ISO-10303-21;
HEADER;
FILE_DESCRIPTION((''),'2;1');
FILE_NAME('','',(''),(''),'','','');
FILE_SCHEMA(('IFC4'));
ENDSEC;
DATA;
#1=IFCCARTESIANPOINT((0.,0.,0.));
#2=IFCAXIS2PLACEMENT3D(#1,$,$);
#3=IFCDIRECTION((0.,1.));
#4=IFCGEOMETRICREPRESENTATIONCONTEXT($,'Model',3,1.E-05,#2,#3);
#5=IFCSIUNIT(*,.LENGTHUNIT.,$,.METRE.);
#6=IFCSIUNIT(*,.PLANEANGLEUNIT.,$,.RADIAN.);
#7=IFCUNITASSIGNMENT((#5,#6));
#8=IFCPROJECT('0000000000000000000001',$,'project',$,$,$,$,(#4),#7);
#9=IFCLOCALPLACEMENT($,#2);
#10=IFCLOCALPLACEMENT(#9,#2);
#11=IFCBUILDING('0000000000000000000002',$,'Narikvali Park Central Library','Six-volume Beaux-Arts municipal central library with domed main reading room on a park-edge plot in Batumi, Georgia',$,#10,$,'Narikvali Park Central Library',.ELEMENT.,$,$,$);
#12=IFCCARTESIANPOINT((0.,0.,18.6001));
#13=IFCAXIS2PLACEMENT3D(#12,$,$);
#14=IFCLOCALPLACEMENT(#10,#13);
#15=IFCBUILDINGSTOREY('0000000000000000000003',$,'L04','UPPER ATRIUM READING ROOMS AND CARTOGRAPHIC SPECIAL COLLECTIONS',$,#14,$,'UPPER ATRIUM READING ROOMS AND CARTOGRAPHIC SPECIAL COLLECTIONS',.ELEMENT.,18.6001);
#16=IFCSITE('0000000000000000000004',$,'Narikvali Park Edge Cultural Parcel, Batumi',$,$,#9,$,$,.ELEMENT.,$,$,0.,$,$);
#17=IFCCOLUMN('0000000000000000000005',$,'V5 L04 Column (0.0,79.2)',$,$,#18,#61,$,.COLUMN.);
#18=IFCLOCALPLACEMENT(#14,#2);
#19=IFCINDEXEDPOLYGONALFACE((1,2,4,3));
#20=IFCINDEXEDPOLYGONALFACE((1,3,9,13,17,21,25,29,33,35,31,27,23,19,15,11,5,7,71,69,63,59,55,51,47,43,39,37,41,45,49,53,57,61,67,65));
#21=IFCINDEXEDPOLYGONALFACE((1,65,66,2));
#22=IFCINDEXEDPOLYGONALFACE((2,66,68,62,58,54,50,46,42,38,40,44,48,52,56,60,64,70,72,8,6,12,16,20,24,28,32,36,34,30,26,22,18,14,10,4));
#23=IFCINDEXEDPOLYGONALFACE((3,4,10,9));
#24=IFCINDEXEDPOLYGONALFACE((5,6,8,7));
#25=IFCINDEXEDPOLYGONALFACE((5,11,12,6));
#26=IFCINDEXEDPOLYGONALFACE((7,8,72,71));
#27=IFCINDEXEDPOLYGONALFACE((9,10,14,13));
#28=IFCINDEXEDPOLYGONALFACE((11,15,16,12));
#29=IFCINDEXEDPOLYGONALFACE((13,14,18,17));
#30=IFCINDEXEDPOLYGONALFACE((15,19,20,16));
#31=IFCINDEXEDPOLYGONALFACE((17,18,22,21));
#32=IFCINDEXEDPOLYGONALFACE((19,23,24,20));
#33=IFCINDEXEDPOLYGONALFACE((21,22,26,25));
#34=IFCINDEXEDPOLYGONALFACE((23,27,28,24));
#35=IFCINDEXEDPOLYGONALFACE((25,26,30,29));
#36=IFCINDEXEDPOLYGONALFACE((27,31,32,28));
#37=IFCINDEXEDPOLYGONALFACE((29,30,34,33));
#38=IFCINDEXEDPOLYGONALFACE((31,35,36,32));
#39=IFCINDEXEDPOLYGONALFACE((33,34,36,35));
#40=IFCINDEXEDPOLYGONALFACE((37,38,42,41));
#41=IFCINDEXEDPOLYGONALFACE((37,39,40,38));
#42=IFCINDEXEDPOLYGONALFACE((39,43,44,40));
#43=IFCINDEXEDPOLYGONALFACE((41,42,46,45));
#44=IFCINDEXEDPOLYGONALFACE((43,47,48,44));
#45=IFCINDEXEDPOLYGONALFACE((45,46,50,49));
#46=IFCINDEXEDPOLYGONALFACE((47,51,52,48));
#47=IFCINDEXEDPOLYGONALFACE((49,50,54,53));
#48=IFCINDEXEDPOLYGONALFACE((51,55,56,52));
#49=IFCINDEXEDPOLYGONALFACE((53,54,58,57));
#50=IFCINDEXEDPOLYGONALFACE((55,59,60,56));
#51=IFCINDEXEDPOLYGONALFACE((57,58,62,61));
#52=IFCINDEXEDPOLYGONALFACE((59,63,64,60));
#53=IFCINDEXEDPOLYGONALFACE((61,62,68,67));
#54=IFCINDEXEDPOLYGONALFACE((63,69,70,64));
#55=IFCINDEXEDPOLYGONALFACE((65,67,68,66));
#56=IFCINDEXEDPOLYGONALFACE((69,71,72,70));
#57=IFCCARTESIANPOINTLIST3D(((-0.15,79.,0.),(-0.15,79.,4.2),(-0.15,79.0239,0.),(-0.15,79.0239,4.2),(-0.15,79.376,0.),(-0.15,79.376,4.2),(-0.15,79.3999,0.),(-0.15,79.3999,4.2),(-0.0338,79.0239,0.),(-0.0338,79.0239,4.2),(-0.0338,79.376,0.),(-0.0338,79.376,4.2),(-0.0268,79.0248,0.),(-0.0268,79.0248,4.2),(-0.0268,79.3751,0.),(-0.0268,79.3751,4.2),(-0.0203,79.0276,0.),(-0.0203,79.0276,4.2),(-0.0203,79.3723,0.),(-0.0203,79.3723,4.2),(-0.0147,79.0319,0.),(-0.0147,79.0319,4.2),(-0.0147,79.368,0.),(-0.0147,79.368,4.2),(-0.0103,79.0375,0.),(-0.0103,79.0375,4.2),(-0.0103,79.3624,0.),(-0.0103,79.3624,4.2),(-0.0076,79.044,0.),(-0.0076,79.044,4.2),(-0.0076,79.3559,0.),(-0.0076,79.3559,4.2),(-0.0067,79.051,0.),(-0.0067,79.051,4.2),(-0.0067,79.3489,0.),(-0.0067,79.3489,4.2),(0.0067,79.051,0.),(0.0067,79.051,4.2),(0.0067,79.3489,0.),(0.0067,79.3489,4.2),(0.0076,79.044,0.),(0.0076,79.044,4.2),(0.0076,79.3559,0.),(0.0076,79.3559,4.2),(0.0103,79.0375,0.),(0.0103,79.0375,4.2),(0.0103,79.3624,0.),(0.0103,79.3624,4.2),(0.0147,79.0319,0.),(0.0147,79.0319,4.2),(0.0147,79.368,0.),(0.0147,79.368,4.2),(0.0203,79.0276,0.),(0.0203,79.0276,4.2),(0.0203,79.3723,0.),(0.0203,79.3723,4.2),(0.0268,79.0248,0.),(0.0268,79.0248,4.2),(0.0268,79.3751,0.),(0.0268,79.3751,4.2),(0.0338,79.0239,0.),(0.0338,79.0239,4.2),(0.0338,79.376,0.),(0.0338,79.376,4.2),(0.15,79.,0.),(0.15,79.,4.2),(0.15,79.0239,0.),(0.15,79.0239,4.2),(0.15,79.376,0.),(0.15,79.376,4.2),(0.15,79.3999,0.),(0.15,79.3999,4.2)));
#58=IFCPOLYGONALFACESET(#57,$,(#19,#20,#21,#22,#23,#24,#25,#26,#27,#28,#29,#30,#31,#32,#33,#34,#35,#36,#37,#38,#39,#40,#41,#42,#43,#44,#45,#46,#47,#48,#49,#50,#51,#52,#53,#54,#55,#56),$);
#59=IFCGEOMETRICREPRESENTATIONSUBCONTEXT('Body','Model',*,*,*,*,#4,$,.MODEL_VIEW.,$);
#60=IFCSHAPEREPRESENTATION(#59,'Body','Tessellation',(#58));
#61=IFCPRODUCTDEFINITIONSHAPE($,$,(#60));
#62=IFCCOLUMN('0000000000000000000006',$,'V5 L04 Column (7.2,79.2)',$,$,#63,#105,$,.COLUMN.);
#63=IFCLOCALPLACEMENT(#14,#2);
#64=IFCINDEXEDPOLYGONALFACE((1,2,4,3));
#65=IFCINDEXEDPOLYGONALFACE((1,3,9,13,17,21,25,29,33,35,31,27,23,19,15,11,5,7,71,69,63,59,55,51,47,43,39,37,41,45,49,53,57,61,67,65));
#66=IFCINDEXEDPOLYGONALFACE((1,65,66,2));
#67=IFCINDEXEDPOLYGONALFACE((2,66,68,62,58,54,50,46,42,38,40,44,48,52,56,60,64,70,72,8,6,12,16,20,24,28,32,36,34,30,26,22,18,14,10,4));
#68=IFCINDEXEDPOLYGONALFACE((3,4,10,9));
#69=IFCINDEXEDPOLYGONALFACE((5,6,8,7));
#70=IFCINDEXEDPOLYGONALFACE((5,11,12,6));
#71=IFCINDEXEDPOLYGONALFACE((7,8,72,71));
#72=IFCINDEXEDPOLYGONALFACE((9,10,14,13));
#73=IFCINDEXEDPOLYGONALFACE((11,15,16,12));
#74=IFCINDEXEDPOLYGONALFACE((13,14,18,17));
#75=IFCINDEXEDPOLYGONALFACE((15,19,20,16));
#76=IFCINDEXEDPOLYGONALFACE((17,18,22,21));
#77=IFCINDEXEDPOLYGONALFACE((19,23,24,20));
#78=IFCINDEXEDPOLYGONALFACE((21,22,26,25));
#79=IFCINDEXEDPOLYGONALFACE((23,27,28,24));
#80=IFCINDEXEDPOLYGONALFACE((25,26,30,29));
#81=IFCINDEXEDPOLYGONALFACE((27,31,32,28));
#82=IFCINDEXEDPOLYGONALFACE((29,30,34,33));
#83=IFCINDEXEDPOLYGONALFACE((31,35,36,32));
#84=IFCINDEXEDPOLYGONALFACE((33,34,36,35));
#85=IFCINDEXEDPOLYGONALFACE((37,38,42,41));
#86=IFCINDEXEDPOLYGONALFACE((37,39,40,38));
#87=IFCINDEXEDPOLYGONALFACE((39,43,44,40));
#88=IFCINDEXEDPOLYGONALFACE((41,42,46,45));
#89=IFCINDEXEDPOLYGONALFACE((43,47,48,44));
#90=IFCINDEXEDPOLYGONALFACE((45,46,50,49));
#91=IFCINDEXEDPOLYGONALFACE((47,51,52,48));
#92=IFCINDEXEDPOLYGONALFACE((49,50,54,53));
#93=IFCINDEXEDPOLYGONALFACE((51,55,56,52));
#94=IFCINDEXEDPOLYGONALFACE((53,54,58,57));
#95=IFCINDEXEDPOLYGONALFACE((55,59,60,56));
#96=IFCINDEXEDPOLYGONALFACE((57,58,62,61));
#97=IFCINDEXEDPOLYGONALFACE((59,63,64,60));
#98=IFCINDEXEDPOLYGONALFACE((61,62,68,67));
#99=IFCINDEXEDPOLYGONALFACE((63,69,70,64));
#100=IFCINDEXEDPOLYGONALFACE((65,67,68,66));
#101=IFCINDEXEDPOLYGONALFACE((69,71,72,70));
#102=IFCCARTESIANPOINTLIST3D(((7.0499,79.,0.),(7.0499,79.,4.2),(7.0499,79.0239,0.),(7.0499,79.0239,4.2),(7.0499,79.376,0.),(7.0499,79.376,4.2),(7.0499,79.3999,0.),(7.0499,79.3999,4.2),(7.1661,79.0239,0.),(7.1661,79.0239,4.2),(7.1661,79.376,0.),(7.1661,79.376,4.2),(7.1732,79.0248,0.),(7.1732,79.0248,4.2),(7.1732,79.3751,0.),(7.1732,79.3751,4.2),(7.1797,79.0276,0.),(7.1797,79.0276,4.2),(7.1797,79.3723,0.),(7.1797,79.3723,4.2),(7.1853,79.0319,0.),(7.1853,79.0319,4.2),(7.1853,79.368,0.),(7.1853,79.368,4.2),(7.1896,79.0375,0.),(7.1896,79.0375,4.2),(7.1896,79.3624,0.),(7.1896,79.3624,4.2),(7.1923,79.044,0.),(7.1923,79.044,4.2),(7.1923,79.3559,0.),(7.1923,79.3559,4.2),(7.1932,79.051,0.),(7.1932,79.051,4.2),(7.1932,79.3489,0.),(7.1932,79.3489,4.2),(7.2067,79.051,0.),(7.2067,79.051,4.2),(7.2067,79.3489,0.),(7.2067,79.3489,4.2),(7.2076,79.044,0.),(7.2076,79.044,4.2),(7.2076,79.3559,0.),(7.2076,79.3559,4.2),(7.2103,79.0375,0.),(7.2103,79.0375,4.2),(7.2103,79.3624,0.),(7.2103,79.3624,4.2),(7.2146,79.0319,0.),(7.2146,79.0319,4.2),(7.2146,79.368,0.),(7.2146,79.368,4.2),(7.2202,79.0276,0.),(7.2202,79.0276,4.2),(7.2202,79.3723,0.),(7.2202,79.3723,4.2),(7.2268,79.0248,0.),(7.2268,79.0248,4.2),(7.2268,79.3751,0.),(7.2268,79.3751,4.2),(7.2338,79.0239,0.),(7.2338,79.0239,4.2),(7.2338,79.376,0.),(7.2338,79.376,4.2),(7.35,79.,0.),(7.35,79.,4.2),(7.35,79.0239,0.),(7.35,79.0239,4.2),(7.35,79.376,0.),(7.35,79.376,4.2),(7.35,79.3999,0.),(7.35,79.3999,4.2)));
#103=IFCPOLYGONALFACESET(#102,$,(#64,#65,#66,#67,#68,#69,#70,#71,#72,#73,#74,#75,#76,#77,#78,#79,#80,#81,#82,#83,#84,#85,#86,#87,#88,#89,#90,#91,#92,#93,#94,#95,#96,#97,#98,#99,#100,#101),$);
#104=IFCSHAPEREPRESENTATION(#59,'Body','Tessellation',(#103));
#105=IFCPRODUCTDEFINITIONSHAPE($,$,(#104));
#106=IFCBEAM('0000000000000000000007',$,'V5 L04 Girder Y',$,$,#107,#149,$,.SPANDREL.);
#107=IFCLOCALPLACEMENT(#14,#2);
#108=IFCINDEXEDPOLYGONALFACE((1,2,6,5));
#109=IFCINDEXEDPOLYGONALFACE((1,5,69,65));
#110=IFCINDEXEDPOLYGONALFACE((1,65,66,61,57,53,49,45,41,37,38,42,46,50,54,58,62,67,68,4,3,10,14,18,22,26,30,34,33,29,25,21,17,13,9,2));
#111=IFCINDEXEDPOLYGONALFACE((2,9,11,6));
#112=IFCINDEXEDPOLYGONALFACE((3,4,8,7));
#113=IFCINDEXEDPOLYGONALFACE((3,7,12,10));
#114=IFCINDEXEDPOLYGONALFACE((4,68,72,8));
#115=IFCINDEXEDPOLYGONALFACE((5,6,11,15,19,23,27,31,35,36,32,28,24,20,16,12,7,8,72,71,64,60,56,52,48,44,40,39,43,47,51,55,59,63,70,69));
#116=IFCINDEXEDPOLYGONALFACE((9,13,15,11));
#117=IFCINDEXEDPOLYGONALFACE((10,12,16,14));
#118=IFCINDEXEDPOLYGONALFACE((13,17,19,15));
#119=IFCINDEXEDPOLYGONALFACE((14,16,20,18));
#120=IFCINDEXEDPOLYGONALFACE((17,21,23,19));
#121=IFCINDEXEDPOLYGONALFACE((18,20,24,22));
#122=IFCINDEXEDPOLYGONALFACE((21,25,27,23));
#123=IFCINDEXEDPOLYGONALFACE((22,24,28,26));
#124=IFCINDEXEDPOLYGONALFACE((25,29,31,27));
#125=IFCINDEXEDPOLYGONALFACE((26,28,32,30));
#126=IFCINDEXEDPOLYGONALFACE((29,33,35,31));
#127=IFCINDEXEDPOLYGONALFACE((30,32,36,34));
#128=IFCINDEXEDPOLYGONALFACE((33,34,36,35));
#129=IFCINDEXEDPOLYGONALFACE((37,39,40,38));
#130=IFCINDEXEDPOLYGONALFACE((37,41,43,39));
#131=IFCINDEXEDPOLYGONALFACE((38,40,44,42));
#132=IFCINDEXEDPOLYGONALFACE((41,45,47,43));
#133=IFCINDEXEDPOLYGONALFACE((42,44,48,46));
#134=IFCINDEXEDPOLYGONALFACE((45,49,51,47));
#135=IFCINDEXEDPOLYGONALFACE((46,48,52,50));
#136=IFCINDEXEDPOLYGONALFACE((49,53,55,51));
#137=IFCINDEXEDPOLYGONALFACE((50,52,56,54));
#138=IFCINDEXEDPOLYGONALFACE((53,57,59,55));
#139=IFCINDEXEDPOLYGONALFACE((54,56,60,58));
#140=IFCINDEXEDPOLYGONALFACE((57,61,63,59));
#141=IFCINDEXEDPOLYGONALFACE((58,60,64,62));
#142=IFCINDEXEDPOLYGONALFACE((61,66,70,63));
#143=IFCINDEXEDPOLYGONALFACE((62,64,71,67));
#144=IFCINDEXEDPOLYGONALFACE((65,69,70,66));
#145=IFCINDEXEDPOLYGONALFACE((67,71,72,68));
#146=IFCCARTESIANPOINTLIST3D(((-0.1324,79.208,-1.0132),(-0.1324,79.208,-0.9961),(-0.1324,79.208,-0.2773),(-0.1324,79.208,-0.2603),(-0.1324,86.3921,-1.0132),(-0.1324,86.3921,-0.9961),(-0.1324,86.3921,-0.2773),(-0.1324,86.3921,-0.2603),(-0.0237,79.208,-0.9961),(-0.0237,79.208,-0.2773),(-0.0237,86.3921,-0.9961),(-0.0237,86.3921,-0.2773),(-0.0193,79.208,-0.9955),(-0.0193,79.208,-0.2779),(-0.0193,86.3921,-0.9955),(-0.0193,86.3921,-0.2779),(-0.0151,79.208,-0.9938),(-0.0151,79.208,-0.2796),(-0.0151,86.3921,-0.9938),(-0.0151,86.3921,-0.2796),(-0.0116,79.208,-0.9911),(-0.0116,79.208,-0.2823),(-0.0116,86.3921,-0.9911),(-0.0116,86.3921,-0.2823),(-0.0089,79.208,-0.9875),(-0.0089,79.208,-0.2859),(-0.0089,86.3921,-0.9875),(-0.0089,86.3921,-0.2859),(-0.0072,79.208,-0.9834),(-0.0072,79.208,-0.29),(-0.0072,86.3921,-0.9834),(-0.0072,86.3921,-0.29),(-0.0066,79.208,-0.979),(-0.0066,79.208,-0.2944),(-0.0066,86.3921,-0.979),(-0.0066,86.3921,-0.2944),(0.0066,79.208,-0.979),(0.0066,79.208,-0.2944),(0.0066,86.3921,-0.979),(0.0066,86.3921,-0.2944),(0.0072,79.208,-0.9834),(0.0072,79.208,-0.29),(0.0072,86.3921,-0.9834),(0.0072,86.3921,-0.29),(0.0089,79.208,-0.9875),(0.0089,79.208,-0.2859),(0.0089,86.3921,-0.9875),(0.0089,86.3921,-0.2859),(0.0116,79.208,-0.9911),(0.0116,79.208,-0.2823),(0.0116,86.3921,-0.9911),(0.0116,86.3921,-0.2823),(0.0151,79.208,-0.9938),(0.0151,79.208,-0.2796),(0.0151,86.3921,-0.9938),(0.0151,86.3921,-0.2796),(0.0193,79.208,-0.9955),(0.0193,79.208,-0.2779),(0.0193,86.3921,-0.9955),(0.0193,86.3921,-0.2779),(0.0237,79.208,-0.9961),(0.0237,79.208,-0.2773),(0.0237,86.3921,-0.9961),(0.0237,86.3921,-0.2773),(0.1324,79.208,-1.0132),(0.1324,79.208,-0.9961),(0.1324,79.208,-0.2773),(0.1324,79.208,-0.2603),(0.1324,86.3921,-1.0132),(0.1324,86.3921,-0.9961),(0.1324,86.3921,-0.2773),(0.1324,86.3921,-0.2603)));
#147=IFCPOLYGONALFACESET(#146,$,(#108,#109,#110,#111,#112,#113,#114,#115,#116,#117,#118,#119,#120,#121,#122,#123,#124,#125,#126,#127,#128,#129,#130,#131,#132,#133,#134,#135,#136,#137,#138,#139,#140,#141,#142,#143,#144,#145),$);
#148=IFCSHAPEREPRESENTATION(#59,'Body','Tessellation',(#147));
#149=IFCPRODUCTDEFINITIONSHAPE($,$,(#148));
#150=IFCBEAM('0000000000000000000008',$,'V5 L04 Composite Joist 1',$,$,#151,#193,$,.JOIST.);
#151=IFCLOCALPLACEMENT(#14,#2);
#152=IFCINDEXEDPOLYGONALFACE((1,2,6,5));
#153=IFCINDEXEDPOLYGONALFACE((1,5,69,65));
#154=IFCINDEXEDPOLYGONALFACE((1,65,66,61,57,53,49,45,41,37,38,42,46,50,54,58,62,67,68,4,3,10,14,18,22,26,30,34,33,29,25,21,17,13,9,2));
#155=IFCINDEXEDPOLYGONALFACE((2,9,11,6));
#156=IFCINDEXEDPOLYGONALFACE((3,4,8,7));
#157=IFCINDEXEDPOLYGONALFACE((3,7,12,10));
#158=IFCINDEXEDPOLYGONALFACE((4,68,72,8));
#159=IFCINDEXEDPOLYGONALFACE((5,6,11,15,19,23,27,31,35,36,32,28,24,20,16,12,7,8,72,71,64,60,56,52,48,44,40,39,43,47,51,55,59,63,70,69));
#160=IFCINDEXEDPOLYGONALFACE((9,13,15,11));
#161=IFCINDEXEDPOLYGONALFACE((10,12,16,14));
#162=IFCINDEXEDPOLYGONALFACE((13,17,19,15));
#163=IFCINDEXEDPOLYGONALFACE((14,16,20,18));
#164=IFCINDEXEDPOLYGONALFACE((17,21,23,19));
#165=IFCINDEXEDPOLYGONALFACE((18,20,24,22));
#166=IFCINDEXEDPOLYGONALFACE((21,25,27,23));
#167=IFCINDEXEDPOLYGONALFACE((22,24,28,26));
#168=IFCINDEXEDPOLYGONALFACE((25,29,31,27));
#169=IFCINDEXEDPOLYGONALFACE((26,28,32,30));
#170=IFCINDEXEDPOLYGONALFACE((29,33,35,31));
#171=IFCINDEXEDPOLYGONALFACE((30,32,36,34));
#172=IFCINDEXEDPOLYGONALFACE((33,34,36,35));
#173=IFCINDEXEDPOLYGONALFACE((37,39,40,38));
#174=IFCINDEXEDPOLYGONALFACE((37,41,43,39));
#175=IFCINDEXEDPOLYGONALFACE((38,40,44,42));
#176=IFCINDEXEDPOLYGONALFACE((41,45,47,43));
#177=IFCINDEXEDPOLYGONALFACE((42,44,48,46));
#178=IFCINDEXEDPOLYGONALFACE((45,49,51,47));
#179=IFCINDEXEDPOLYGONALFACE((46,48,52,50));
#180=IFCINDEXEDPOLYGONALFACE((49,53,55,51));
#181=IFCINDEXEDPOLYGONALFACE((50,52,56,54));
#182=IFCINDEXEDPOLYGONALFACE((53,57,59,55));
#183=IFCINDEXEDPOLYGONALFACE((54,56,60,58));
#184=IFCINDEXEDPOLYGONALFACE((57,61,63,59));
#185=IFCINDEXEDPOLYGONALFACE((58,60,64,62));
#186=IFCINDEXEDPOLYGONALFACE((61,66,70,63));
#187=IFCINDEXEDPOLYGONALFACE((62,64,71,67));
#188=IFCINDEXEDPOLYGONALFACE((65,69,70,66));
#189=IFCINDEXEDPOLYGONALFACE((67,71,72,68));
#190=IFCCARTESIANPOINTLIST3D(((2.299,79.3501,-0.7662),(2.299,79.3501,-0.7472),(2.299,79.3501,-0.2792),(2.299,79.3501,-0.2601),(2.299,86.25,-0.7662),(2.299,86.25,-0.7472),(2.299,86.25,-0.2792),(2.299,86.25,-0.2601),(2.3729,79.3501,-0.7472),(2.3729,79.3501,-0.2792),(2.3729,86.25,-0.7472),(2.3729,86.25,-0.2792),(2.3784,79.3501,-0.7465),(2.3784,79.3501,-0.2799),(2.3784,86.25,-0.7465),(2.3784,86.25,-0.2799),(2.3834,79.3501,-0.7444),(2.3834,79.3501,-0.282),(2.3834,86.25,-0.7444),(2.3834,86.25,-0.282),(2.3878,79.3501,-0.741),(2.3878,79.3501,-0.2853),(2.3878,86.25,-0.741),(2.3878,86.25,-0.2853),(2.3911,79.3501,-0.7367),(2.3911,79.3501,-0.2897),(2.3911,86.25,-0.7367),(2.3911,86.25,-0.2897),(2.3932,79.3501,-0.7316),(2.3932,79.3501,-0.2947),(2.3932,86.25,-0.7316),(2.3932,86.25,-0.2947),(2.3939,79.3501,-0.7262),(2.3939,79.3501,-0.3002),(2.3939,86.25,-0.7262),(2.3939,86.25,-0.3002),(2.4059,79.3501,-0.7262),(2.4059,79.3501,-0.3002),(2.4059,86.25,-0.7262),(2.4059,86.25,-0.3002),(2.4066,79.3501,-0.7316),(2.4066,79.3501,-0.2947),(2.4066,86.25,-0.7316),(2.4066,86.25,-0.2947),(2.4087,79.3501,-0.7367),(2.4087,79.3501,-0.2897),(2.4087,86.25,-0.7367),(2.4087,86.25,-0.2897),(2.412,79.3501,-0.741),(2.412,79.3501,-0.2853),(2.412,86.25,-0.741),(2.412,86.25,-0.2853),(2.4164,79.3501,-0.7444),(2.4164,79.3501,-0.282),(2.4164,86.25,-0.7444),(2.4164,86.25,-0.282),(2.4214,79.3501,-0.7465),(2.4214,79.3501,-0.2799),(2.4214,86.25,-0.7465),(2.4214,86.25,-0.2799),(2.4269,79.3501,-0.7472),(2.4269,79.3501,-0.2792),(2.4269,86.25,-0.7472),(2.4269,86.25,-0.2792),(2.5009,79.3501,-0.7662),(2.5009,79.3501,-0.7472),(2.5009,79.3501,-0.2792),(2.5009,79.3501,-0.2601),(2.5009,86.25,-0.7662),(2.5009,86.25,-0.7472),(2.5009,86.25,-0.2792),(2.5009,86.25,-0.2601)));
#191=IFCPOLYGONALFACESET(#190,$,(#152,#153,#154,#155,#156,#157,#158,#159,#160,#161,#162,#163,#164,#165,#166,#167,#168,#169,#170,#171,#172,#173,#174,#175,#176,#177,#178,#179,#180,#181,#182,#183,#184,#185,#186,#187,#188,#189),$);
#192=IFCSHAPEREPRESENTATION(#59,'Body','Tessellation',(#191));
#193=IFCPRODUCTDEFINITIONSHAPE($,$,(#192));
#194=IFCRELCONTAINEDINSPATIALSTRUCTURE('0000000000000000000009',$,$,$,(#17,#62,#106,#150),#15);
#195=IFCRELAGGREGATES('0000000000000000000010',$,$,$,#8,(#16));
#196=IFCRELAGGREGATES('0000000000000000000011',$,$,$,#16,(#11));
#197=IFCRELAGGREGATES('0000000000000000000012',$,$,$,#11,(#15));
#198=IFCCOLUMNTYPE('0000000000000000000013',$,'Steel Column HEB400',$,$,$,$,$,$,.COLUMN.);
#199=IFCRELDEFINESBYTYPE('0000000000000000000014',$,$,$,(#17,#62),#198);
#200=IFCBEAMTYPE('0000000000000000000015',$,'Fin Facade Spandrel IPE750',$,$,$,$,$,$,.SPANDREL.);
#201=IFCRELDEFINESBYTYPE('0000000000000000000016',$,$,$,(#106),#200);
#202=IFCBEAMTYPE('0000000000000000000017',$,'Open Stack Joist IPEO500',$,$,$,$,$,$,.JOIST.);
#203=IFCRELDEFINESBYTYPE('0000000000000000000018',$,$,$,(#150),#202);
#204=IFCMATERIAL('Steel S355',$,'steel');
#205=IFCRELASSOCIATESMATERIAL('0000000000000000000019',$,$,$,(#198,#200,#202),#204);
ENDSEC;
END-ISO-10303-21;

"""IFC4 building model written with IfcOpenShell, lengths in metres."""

from ifc_helpers import new_model, si_unit, direction, frame, origin, origin_2d, place, context, subcontext, project, spatial, i_section, extrude, material, material_profile, profile_set, type_object, element, save


model = new_model("IFC4")

# Units and contexts
model_context = context("Model", 3, precision=1e-05, world=origin(), true_north=direction((0.0, 1.0)))
body_context = subcontext(model_context, "Body", "Model", "MODEL_VIEW")
ifc_project = project(units=[si_unit("LENGTHUNIT", "METRE"), si_unit("PLANEANGLEUNIT", "RADIAN")], contexts=[model_context])

# Site, building, storey
site_placement = place(None, origin())
site = spatial("IfcSite", under=ifc_project, at=site_placement, Name="Narikvali Park Edge Cultural Parcel, Batumi", CompositionType="ELEMENT", RefElevation=0.0)
building_placement = place(site_placement, origin())
building = spatial("IfcBuilding", under=site, at=building_placement, Name="Narikvali Park Central Library", Description="Six-volume Beaux-Arts municipal central library with domed main reading room on a park-edge plot in Batumi, Georgia", LongName="Narikvali Park Central Library", CompositionType="ELEMENT")
storey_placement = place(building_placement, frame((0.0, 0.0, 18.6001)))
storey = spatial("IfcBuildingStorey", under=building, at=storey_placement, Name="L04", Description="UPPER ATRIUM READING ROOMS AND CARTOGRAPHIC SPECIAL COLLECTIONS", LongName="UPPER ATRIUM READING ROOMS AND CARTOGRAPHIC SPECIAL COLLECTIONS", CompositionType="ELEMENT", Elevation=18.6001)

# Columns
ifc_material_1 = material(Name="Steel S355", Category="steel")
ifc_material_profile_1 = material_profile(ifc_material_1, i_section(OverallWidth=0.3, OverallDepth=0.3999, WebThickness=0.0134, FlangeThickness=0.0239, FilletRadius=0.0271, at=origin_2d()), Name="HEB 400")
ifc_profile_set_1 = profile_set([ifc_material_profile_1], Name="Steel S355")
column_type = type_object("IfcColumnType", Name="Steel Column HEB400", PredefinedType="COLUMN", material=ifc_profile_set_1)
for number, where, z_axis, x_axis, name in (
    (1, (0.0, 79.2, 0.0), (0.0, 0.0, 1.0), (1.0, 0.0, 0.0), "V5 L04 Column (0.0,79.2)"),
    (2, (7.2, 79.2, 0.0), (0.0, 0.0, 1.0), (1.0, 0.0, 0.0), "V5 L04 Column (7.2,79.2)"),
):
    element("IfcColumn", number, at=place(storey_placement, frame(where, z_axis=z_axis, x_axis=x_axis)), inside=storey, type_object=column_type, Name=name, PredefinedType="COLUMN", context=body_context, shape_type="SweptSolid", body=[
        extrude(i_section(OverallWidth=0.3, OverallDepth=0.3999, WebThickness=0.0134, FlangeThickness=0.0239, FilletRadius=0.0271, at=origin_2d()), origin(), (0.0, 0.0, 1.0), 4.2),
    ])

# Beams
ifc_material_profile_2 = material_profile(ifc_material_1, i_section(OverallWidth=0.2649, OverallDepth=0.7529, WebThickness=0.0132, FlangeThickness=0.0171, FilletRadius=0.0171, at=origin_2d()), Name="IPE 750x147")
ifc_profile_set_2 = profile_set([ifc_material_profile_2], Name="Steel S355")
beam_type_1 = type_object("IfcBeamType", Name="Fin Facade Spandrel IPE750", PredefinedType="SPANDREL", material=ifc_profile_set_2)
beam_1_placement = place(storey_placement, frame((0.0, 79.208, -0.6367), z_axis=(0.0, 1.0, 0.0), x_axis=(-1.0, 0.0, 0.0)))
element("IfcBeam", 3, at=beam_1_placement, inside=storey, type_object=beam_type_1, Name="V5 L04 Girder Y", PredefinedType="SPANDREL", context=body_context, shape_type="SweptSolid", body=[
    extrude(i_section(OverallWidth=0.2649, OverallDepth=0.7529, WebThickness=0.0132, FlangeThickness=0.0171, FilletRadius=0.0171, at=origin_2d()), origin(), (0.0, 0.0, 1.0), 7.1841),
])
ifc_material_profile_3 = material_profile(ifc_material_1, i_section(OverallWidth=0.2019, OverallDepth=0.5061, WebThickness=0.012, FlangeThickness=0.019, FilletRadius=0.021, at=origin_2d()), Name="IPEO 500")
ifc_profile_set_3 = profile_set([ifc_material_profile_3], Name="Steel S355")
beam_type_2 = type_object("IfcBeamType", Name="Open Stack Joist IPEO500", PredefinedType="JOIST", material=ifc_profile_set_3)
for number, where, z_axis, x_axis, name in (
    (4, (2.3999, 79.3501, -0.5132), (0.0, 1.0, 0.0), (-1.0, 0.0, 0.0), "V5 L04 Composite Joist 1"),
):
    element("IfcBeam", number, at=place(storey_placement, frame(where, z_axis=z_axis, x_axis=x_axis)), inside=storey, type_object=beam_type_2, Name=name, PredefinedType="JOIST", context=body_context, shape_type="SweptSolid", body=[
        extrude(i_section(OverallWidth=0.2019, OverallDepth=0.5061, WebThickness=0.012, FlangeThickness=0.019, FilletRadius=0.021, at=origin_2d()), origin(), (0.0, 0.0, 1.0), 6.8999),
    ])

save(model, "model.ifc")
